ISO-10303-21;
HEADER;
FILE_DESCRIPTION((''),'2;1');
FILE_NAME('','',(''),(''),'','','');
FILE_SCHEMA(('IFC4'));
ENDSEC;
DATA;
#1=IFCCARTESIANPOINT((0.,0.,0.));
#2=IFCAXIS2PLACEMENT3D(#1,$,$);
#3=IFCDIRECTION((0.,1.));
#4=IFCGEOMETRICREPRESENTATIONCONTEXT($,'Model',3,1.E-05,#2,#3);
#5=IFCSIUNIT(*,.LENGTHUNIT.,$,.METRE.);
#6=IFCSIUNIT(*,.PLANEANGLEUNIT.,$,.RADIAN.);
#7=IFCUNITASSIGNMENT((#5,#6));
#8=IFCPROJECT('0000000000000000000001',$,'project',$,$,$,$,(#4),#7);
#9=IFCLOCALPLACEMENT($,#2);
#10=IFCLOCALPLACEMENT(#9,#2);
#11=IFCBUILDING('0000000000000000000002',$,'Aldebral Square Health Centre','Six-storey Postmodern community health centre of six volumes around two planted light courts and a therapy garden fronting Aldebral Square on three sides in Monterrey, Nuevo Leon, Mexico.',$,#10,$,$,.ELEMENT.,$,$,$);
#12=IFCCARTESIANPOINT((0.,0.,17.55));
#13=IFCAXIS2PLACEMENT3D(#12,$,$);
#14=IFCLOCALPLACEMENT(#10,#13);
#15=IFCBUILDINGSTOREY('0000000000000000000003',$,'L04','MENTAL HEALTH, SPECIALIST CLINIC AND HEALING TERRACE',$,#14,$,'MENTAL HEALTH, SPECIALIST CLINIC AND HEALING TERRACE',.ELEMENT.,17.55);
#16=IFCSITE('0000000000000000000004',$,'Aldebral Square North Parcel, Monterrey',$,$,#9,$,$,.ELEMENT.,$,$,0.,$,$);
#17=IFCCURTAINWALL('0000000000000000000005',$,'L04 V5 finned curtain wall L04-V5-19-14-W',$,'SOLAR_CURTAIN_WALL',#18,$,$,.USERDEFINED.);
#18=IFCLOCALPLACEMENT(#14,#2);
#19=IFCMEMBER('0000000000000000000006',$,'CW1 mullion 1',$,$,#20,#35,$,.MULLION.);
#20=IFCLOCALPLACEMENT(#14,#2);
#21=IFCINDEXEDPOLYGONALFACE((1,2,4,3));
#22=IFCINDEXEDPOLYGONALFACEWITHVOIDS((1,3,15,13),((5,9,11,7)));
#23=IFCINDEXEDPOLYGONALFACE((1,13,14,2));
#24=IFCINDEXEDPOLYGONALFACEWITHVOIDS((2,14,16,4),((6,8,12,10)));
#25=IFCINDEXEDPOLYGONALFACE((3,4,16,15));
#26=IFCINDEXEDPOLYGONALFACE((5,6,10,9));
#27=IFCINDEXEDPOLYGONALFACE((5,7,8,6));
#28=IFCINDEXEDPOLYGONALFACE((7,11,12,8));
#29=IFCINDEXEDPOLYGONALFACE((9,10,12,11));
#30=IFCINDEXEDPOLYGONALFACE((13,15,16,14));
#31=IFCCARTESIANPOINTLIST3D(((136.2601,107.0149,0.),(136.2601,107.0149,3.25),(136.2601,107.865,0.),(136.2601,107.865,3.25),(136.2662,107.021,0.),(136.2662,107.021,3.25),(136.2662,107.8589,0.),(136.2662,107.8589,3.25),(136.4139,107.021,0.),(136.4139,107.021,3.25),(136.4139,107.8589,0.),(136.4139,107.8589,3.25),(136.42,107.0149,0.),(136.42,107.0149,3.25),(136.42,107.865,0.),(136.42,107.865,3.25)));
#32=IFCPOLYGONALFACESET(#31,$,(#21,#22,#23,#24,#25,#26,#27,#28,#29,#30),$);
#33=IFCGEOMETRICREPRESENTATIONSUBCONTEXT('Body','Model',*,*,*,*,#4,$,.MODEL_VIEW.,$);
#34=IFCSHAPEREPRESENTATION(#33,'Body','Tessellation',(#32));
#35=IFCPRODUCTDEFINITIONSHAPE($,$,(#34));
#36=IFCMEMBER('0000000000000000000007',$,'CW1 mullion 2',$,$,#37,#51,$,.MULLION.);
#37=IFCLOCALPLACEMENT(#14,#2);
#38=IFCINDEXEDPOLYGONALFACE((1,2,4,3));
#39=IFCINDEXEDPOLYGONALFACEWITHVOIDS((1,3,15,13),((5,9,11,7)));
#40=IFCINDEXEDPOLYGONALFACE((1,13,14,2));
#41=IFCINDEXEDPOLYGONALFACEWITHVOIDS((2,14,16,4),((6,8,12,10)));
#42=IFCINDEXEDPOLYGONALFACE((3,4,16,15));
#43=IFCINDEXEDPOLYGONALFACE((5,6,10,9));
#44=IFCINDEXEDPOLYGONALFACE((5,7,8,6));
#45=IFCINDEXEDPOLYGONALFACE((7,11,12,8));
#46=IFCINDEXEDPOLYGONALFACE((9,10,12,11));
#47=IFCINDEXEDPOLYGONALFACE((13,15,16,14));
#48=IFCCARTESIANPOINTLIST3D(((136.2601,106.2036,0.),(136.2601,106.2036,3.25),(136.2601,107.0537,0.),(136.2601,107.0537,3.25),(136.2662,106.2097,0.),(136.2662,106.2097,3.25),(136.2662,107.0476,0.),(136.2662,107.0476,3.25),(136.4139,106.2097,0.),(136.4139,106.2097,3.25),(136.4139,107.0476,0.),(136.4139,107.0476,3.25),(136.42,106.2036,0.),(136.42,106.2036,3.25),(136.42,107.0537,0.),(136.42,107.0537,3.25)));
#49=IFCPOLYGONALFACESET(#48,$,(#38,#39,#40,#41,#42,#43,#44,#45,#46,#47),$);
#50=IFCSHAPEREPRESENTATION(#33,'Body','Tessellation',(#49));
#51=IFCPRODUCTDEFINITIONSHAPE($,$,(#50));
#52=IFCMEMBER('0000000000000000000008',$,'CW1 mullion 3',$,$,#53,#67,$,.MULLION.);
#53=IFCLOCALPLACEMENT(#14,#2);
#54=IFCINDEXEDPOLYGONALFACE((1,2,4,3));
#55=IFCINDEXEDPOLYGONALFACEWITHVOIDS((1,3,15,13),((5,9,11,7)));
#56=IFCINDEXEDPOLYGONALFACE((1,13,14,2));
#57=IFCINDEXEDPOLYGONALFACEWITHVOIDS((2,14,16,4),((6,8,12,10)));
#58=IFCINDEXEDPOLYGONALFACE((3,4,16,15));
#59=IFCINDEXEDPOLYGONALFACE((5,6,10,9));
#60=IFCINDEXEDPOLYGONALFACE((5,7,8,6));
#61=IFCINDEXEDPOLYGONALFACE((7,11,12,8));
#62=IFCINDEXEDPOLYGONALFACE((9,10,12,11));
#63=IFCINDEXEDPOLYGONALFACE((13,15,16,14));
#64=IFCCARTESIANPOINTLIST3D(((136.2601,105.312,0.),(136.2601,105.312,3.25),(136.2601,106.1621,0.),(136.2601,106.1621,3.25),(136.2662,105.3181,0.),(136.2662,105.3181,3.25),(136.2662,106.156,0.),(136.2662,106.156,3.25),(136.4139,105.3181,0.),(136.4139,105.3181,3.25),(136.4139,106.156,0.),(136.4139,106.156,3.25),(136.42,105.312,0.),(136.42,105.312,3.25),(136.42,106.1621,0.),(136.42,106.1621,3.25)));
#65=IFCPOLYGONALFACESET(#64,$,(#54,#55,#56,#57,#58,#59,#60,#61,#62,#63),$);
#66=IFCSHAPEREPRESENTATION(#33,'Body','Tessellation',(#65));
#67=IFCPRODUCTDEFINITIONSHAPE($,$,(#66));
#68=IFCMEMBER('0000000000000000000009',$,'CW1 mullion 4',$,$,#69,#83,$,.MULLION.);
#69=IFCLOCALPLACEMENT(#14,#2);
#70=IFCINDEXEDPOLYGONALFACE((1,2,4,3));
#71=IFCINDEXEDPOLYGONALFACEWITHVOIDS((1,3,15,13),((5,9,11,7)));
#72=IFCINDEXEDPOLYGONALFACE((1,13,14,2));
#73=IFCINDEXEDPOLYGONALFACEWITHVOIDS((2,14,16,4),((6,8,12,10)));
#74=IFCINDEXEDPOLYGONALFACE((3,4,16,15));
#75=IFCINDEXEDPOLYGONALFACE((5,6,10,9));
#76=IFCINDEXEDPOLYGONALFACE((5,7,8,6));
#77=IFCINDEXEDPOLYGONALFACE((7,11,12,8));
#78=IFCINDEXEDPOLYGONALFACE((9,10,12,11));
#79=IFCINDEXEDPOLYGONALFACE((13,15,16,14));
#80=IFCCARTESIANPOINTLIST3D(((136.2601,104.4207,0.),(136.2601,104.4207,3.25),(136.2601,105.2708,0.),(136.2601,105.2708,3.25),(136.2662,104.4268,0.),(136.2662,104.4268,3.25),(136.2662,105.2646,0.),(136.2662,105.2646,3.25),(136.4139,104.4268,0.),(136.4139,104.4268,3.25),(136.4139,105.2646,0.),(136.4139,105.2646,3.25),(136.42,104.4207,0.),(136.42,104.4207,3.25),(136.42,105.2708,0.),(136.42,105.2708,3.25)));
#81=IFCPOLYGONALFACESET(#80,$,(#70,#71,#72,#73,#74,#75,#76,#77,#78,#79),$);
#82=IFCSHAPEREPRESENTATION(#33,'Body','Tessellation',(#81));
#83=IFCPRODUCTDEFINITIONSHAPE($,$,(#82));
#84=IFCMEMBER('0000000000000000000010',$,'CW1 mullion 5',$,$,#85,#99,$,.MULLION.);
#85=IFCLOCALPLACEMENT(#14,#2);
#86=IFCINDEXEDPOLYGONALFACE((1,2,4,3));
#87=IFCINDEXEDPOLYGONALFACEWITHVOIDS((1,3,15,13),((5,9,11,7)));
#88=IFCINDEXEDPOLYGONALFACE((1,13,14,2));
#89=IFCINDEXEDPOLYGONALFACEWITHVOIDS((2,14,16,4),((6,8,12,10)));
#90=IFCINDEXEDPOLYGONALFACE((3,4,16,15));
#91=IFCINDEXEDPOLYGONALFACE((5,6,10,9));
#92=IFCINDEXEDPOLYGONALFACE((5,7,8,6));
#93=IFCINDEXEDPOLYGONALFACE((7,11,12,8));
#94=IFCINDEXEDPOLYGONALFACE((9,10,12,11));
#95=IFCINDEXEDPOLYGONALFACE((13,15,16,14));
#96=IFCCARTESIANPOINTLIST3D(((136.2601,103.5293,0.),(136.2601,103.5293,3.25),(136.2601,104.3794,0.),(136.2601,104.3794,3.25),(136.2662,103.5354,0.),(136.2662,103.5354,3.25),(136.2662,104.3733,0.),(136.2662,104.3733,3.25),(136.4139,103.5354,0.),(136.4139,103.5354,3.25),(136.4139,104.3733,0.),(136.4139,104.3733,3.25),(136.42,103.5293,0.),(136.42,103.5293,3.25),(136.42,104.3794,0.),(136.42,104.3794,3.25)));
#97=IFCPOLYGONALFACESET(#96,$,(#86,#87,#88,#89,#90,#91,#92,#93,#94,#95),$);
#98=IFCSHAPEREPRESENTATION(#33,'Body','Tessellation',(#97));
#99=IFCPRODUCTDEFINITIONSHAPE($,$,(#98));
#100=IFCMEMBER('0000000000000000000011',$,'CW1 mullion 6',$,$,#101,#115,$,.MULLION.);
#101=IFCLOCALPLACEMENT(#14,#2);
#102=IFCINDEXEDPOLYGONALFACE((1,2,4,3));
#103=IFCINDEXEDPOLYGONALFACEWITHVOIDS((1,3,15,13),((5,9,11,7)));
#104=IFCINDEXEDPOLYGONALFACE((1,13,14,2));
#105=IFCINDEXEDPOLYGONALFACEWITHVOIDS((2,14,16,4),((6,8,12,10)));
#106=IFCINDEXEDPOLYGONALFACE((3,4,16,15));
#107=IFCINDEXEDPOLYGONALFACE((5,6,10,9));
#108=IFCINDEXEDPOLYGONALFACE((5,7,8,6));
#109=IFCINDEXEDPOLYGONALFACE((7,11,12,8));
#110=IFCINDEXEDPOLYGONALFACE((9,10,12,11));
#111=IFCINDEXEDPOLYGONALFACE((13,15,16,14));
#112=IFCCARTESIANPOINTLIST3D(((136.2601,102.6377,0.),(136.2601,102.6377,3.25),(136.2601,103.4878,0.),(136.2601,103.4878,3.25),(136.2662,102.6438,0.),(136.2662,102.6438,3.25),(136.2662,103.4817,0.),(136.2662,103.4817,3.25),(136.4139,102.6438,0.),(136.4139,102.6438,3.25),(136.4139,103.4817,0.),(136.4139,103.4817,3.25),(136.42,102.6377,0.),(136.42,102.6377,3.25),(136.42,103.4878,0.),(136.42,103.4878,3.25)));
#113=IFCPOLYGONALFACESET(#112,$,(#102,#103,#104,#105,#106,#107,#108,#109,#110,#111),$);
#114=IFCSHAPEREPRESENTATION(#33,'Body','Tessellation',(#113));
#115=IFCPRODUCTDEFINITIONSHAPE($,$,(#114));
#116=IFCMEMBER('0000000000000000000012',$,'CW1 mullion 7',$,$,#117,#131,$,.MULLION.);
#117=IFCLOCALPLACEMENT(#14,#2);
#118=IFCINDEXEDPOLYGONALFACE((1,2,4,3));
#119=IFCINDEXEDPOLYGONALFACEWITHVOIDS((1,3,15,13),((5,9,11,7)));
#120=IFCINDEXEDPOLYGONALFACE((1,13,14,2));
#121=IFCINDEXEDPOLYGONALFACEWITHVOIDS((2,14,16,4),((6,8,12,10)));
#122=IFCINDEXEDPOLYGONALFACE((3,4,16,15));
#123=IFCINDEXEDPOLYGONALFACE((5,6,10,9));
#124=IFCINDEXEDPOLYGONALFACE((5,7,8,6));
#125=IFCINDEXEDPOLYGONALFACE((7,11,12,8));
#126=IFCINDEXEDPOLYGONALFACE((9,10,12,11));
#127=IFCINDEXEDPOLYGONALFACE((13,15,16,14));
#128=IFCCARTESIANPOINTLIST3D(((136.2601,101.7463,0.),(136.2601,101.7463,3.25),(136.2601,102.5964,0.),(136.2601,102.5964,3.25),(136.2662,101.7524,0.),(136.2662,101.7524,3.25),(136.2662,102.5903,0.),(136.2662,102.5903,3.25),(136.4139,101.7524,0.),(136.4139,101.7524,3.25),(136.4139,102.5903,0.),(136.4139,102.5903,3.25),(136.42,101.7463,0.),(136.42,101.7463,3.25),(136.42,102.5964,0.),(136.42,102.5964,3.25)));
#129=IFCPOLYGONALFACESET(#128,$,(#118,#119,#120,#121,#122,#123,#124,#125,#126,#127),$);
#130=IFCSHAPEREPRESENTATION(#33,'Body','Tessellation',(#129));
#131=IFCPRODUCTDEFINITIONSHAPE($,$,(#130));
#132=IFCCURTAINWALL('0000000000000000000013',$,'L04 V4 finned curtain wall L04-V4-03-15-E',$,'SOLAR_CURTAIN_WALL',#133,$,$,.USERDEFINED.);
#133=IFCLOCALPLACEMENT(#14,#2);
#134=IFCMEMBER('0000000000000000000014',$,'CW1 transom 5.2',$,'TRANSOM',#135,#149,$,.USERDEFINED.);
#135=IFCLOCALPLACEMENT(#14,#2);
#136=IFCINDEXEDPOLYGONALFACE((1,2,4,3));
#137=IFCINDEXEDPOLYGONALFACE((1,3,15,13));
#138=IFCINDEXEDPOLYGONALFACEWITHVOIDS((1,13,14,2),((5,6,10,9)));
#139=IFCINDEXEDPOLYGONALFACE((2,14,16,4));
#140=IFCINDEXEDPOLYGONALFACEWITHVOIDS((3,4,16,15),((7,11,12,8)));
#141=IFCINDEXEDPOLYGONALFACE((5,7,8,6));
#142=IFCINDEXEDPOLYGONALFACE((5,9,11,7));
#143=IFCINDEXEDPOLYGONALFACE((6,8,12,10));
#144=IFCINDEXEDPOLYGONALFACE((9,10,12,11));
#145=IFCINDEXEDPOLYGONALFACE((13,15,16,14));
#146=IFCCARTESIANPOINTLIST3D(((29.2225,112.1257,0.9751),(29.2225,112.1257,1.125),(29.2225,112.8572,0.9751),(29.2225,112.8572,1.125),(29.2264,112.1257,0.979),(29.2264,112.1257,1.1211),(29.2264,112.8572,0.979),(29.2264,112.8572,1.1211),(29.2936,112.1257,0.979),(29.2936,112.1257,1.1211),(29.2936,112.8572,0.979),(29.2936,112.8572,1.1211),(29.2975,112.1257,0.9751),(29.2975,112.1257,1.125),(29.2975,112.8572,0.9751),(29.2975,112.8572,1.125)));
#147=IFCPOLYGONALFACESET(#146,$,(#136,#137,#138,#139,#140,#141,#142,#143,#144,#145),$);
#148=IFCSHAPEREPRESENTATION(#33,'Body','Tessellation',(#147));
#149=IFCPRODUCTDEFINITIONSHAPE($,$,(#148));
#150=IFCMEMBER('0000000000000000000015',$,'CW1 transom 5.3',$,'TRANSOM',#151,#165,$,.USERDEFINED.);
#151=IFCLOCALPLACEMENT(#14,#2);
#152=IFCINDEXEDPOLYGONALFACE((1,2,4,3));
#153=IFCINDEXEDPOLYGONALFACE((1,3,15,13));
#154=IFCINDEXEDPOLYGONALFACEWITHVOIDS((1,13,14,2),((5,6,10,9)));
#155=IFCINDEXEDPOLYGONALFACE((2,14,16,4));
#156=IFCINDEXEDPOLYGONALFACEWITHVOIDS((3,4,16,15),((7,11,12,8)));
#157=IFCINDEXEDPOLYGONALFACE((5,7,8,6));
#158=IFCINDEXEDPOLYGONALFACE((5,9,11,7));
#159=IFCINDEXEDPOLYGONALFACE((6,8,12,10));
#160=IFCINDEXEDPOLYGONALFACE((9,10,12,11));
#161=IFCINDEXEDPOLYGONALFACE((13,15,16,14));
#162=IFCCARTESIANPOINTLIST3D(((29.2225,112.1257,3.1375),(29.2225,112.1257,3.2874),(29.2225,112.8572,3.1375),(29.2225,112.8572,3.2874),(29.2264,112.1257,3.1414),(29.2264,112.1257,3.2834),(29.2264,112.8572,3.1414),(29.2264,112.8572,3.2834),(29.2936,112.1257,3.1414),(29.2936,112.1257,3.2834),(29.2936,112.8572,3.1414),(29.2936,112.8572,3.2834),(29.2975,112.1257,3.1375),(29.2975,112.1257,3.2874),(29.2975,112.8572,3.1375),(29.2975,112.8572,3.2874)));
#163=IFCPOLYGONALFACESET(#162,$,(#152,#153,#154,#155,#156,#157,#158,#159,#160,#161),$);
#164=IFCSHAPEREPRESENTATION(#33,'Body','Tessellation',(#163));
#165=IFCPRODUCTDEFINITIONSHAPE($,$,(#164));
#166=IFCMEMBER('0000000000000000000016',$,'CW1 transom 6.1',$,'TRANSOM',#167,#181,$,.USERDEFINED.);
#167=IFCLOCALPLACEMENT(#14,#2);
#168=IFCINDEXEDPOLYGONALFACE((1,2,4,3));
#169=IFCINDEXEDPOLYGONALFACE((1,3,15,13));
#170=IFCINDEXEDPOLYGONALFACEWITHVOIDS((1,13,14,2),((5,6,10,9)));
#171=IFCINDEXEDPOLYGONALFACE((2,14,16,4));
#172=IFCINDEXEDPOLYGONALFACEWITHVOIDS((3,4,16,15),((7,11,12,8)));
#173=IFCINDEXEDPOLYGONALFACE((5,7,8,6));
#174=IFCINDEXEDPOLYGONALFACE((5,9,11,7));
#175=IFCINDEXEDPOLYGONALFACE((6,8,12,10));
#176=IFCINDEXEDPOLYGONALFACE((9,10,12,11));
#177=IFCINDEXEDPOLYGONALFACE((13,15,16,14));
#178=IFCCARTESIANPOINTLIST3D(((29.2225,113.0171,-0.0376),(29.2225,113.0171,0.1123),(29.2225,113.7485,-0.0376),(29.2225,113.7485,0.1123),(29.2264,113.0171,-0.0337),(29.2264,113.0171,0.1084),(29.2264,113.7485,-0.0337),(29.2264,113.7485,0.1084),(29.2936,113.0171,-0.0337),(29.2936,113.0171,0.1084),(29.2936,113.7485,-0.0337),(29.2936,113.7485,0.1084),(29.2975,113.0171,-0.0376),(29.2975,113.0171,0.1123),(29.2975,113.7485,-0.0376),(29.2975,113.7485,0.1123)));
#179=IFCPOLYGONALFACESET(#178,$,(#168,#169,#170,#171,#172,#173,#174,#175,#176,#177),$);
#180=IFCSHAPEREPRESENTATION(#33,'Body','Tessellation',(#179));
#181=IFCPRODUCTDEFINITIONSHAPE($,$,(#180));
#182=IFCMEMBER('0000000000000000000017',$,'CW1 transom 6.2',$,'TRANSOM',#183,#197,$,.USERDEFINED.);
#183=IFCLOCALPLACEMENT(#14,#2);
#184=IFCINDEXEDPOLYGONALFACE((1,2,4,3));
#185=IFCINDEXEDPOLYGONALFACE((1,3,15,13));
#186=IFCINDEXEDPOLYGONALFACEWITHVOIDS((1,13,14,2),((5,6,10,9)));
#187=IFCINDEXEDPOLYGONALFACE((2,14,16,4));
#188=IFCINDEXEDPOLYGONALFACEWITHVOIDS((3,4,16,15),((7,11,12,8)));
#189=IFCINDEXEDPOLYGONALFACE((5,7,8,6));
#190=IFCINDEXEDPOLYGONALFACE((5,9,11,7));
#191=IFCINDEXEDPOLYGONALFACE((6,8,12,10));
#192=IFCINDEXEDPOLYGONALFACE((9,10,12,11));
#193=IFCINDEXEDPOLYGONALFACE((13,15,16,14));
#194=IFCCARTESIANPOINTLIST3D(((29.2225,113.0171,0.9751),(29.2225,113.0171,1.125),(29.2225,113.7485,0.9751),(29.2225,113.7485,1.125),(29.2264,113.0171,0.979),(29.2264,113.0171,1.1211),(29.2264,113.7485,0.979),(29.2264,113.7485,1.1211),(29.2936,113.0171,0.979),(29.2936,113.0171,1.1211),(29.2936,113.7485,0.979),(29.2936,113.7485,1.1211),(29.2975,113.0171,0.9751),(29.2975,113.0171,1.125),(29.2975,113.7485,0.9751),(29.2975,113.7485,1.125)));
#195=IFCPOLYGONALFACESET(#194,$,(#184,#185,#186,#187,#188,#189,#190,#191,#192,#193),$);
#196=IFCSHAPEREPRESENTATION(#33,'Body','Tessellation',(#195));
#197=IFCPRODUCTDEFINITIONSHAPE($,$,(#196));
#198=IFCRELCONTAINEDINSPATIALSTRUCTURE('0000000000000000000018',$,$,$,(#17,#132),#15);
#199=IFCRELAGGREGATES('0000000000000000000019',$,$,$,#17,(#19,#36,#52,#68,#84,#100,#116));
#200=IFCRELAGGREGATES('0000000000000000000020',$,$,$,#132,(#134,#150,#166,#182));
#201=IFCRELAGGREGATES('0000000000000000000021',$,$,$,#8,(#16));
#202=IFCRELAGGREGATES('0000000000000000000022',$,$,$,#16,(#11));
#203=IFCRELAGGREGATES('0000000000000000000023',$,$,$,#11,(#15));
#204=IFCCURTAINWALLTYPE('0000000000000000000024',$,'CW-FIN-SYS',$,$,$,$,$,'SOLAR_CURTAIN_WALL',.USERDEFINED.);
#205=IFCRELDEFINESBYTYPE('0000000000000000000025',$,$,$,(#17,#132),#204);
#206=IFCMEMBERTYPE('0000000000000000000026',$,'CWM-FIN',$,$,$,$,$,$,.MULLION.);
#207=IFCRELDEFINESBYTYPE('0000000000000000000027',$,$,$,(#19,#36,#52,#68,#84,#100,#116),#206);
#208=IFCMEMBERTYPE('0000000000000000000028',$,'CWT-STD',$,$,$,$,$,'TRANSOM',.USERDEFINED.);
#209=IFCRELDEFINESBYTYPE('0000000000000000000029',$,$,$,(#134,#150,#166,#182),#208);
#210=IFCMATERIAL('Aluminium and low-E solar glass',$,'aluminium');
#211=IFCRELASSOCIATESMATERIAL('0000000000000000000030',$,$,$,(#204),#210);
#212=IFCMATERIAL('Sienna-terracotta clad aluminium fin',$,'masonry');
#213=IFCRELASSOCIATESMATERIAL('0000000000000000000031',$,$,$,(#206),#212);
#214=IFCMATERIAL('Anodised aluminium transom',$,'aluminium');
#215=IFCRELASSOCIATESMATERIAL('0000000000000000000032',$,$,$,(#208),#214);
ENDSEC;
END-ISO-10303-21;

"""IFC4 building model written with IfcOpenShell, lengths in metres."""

from ifc_helpers import new_model, si_unit, direction, frame, origin, origin_2d, place, context, subcontext, project, spatial, hollow_rectangle, extrude, material, material_profile, profile_set, type_object, element, aggregate, save


model = new_model("IFC4")

# Units and contexts
model_context = context("Model", 3, precision=1e-05, world=origin(), true_north=direction((0.0, 1.0)))
body_context = subcontext(model_context, "Body", "Model", "MODEL_VIEW")
ifc_project = project(units=[si_unit("LENGTHUNIT", "METRE"), si_unit("PLANEANGLEUNIT", "RADIAN")], contexts=[model_context])

# Site, building, storey
site_placement = place(None, origin())
site = spatial("IfcSite", under=ifc_project, at=site_placement, Name="Aldebral Square North Parcel, Monterrey", CompositionType="ELEMENT", RefElevation=0.0)
building_placement = place(site_placement, origin())
building = spatial("IfcBuilding", under=site, at=building_placement, Name="Aldebral Square Health Centre", Description="Six-storey Postmodern community health centre of six volumes around two planted light courts and a therapy garden fronting Aldebral Square on three sides in Monterrey, Nuevo Leon, Mexico.", CompositionType="ELEMENT")
storey_placement = place(building_placement, frame((0.0, 0.0, 17.55)))
storey = spatial("IfcBuildingStorey", under=building, at=storey_placement, Name="L04", Description="MENTAL HEALTH, SPECIALIST CLINIC AND HEALING TERRACE", LongName="MENTAL HEALTH, SPECIALIST CLINIC AND HEALING TERRACE", CompositionType="ELEMENT", Elevation=17.55)

# Curtain wall, members
ifc_material_1 = material(Name="Aluminium and low-E solar glass", Category="aluminium")
curtain_wall_type = type_object("IfcCurtainWallType", Name="CW-FIN-SYS", ElementType="SOLAR_CURTAIN_WALL", PredefinedType="USERDEFINED", material=ifc_material_1)
curtain_wall_1_placement = place(storey_placement, origin())
curtain_wall_1 = element("IfcCurtainWall", 1, at=curtain_wall_1_placement, inside=storey, type_object=curtain_wall_type, Name="L04 V5 finned curtain wall L04-V5-19-14-W", ObjectType="SOLAR_CURTAIN_WALL", PredefinedType="USERDEFINED")
ifc_material_2 = material(Name="Sienna-terracotta clad aluminium fin", Category="masonry")
ifc_material_profile_1 = material_profile(ifc_material_2, hollow_rectangle(XDim=0.1599, YDim=0.8501, WallThickness=0.0061, at=origin_2d()), Name="FIN 160x850x6")
ifc_profile_set_1 = profile_set([ifc_material_profile_1], Name="Sienna-terracotta clad aluminium fin")
member_type_1 = type_object("IfcMemberType", Name="CWM-FIN", PredefinedType="MULLION", material=ifc_profile_set_1)
member_1_placement = place(storey_placement, frame((136.3401, 107.4399, 0.0), z_axis=(0.0, 0.0, 1.0), x_axis=(1.0, 0.0, 0.0)))
member_1 = element("IfcMember", 2, at=member_1_placement, type_object=member_type_1, Name="CW1 mullion 1", PredefinedType="MULLION", context=body_context, shape_type="SweptSolid", body=[
    extrude(hollow_rectangle(XDim=0.1599, YDim=0.8501, WallThickness=0.0061, at=origin_2d()), origin(), (0.0, 0.0, 1.0), 3.25),
])
member_2_placement = place(storey_placement, frame((136.3401, 106.6287, 0.0), z_axis=(0.0, 0.0, 1.0), x_axis=(1.0, 0.0, 0.0)))
member_2 = element("IfcMember", 3, at=member_2_placement, type_object=member_type_1, Name="CW1 mullion 2", PredefinedType="MULLION", context=body_context, shape_type="SweptSolid", body=[
    extrude(hollow_rectangle(XDim=0.1599, YDim=0.8501, WallThickness=0.0061, at=origin_2d()), origin(), (0.0, 0.0, 1.0), 3.25),
])
member_3_placement = place(storey_placement, frame((136.3401, 105.7371, 0.0), z_axis=(0.0, 0.0, 1.0), x_axis=(1.0, 0.0, 0.0)))
member_3 = element("IfcMember", 4, at=member_3_placement, type_object=member_type_1, Name="CW1 mullion 3", PredefinedType="MULLION", context=body_context, shape_type="SweptSolid", body=[
    extrude(hollow_rectangle(XDim=0.1599, YDim=0.8501, WallThickness=0.0061, at=origin_2d()), origin(), (0.0, 0.0, 1.0), 3.25),
])
member_4_placement = place(storey_placement, frame((136.3401, 104.8457, 0.0), z_axis=(0.0, 0.0, 1.0), x_axis=(1.0, 0.0, 0.0)))
member_4 = element("IfcMember", 5, at=member_4_placement, type_object=member_type_1, Name="CW1 mullion 4", PredefinedType="MULLION", context=body_context, shape_type="SweptSolid", body=[
    extrude(hollow_rectangle(XDim=0.1599, YDim=0.8501, WallThickness=0.0061, at=origin_2d()), origin(), (0.0, 0.0, 1.0), 3.25),
])
member_5_placement = place(storey_placement, frame((136.3401, 103.9543, 0.0), z_axis=(0.0, 0.0, 1.0), x_axis=(1.0, 0.0, 0.0)))
member_5 = element("IfcMember", 6, at=member_5_placement, type_object=member_type_1, Name="CW1 mullion 5", PredefinedType="MULLION", context=body_context, shape_type="SweptSolid", body=[
    extrude(hollow_rectangle(XDim=0.1599, YDim=0.8501, WallThickness=0.0061, at=origin_2d()), origin(), (0.0, 0.0, 1.0), 3.25),
])
member_6_placement = place(storey_placement, frame((136.3401, 103.0627, 0.0), z_axis=(0.0, 0.0, 1.0), x_axis=(1.0, 0.0, 0.0)))
member_6 = element("IfcMember", 7, at=member_6_placement, type_object=member_type_1, Name="CW1 mullion 6", PredefinedType="MULLION", context=body_context, shape_type="SweptSolid", body=[
    extrude(hollow_rectangle(XDim=0.1599, YDim=0.8501, WallThickness=0.0061, at=origin_2d()), origin(), (0.0, 0.0, 1.0), 3.25),
])
member_7_placement = place(storey_placement, frame((136.3401, 102.1714, 0.0), z_axis=(0.0, 0.0, 1.0), x_axis=(1.0, 0.0, 0.0)))
member_7 = element("IfcMember", 8, at=member_7_placement, type_object=member_type_1, Name="CW1 mullion 7", PredefinedType="MULLION", context=body_context, shape_type="SweptSolid", body=[
    extrude(hollow_rectangle(XDim=0.1599, YDim=0.8501, WallThickness=0.0061, at=origin_2d()), origin(), (0.0, 0.0, 1.0), 3.25),
])
aggregate(curtain_wall_1, [member_1, member_2, member_3, member_4, member_5, member_6, member_7])

# Curtain wall, members
curtain_wall_2_placement = place(storey_placement, origin())
curtain_wall_2 = element("IfcCurtainWall", 9, at=curtain_wall_2_placement, inside=storey, type_object=curtain_wall_type, Name="L04 V4 finned curtain wall L04-V4-03-15-E", ObjectType="SOLAR_CURTAIN_WALL", PredefinedType="USERDEFINED")
ifc_material_3 = material(Name="Anodised aluminium transom", Category="aluminium")
ifc_material_profile_2 = material_profile(ifc_material_3, hollow_rectangle(XDim=0.075, YDim=0.1499, WallThickness=0.0039, at=origin_2d()), Name="CWT 75x150x4")
ifc_profile_set_2 = profile_set([ifc_material_profile_2], Name="Anodised aluminium transom")
member_type_2 = type_object("IfcMemberType", Name="CWT-STD", ElementType="TRANSOM", PredefinedType="USERDEFINED", material=ifc_profile_set_2)
member_8_placement = place(storey_placement, frame((29.26, 112.1257, 1.05), z_axis=(0.0, 1.0, 0.0), x_axis=(-1.0, 0.0, 0.0)))
member_8 = element("IfcMember", 10, at=member_8_placement, type_object=member_type_2, Name="CW1 transom 5.2", ObjectType="TRANSOM", PredefinedType="USERDEFINED", context=body_context, shape_type="SweptSolid", body=[
    extrude(hollow_rectangle(XDim=0.075, YDim=0.1499, WallThickness=0.0039, at=origin_2d()), origin(), (0.0, 0.0, 1.0), 0.7314),
])
member_9_placement = place(storey_placement, frame((29.26, 112.1257, 3.2124), z_axis=(0.0, 1.0, 0.0), x_axis=(-1.0, 0.0, 0.0)))
member_9 = element("IfcMember", 11, at=member_9_placement, type_object=member_type_2, Name="CW1 transom 5.3", ObjectType="TRANSOM", PredefinedType="USERDEFINED", context=body_context, shape_type="SweptSolid", body=[
    extrude(hollow_rectangle(XDim=0.075, YDim=0.1499, WallThickness=0.0039, at=origin_2d()), origin(), (0.0, 0.0, 1.0), 0.7314),
])
member_10_placement = place(storey_placement, frame((29.26, 113.0171, 0.0374), z_axis=(0.0, 1.0, 0.0), x_axis=(-1.0, 0.0, 0.0)))
member_10 = element("IfcMember", 12, at=member_10_placement, type_object=member_type_2, Name="CW1 transom 6.1", ObjectType="TRANSOM", PredefinedType="USERDEFINED", context=body_context, shape_type="SweptSolid", body=[
    extrude(hollow_rectangle(XDim=0.075, YDim=0.1499, WallThickness=0.0039, at=origin_2d()), origin(), (0.0, 0.0, 1.0), 0.7314),
])
member_11_placement = place(storey_placement, frame((29.26, 113.0171, 1.05), z_axis=(0.0, 1.0, 0.0), x_axis=(-1.0, 0.0, 0.0)))
member_11 = element("IfcMember", 13, at=member_11_placement, type_object=member_type_2, Name="CW1 transom 6.2", ObjectType="TRANSOM", PredefinedType="USERDEFINED", context=body_context, shape_type="SweptSolid", body=[
    extrude(hollow_rectangle(XDim=0.075, YDim=0.1499, WallThickness=0.0039, at=origin_2d()), origin(), (0.0, 0.0, 1.0), 0.7314),
])
aggregate(curtain_wall_2, [member_8, member_9, member_10, member_11])

save(model, "model.ifc")
